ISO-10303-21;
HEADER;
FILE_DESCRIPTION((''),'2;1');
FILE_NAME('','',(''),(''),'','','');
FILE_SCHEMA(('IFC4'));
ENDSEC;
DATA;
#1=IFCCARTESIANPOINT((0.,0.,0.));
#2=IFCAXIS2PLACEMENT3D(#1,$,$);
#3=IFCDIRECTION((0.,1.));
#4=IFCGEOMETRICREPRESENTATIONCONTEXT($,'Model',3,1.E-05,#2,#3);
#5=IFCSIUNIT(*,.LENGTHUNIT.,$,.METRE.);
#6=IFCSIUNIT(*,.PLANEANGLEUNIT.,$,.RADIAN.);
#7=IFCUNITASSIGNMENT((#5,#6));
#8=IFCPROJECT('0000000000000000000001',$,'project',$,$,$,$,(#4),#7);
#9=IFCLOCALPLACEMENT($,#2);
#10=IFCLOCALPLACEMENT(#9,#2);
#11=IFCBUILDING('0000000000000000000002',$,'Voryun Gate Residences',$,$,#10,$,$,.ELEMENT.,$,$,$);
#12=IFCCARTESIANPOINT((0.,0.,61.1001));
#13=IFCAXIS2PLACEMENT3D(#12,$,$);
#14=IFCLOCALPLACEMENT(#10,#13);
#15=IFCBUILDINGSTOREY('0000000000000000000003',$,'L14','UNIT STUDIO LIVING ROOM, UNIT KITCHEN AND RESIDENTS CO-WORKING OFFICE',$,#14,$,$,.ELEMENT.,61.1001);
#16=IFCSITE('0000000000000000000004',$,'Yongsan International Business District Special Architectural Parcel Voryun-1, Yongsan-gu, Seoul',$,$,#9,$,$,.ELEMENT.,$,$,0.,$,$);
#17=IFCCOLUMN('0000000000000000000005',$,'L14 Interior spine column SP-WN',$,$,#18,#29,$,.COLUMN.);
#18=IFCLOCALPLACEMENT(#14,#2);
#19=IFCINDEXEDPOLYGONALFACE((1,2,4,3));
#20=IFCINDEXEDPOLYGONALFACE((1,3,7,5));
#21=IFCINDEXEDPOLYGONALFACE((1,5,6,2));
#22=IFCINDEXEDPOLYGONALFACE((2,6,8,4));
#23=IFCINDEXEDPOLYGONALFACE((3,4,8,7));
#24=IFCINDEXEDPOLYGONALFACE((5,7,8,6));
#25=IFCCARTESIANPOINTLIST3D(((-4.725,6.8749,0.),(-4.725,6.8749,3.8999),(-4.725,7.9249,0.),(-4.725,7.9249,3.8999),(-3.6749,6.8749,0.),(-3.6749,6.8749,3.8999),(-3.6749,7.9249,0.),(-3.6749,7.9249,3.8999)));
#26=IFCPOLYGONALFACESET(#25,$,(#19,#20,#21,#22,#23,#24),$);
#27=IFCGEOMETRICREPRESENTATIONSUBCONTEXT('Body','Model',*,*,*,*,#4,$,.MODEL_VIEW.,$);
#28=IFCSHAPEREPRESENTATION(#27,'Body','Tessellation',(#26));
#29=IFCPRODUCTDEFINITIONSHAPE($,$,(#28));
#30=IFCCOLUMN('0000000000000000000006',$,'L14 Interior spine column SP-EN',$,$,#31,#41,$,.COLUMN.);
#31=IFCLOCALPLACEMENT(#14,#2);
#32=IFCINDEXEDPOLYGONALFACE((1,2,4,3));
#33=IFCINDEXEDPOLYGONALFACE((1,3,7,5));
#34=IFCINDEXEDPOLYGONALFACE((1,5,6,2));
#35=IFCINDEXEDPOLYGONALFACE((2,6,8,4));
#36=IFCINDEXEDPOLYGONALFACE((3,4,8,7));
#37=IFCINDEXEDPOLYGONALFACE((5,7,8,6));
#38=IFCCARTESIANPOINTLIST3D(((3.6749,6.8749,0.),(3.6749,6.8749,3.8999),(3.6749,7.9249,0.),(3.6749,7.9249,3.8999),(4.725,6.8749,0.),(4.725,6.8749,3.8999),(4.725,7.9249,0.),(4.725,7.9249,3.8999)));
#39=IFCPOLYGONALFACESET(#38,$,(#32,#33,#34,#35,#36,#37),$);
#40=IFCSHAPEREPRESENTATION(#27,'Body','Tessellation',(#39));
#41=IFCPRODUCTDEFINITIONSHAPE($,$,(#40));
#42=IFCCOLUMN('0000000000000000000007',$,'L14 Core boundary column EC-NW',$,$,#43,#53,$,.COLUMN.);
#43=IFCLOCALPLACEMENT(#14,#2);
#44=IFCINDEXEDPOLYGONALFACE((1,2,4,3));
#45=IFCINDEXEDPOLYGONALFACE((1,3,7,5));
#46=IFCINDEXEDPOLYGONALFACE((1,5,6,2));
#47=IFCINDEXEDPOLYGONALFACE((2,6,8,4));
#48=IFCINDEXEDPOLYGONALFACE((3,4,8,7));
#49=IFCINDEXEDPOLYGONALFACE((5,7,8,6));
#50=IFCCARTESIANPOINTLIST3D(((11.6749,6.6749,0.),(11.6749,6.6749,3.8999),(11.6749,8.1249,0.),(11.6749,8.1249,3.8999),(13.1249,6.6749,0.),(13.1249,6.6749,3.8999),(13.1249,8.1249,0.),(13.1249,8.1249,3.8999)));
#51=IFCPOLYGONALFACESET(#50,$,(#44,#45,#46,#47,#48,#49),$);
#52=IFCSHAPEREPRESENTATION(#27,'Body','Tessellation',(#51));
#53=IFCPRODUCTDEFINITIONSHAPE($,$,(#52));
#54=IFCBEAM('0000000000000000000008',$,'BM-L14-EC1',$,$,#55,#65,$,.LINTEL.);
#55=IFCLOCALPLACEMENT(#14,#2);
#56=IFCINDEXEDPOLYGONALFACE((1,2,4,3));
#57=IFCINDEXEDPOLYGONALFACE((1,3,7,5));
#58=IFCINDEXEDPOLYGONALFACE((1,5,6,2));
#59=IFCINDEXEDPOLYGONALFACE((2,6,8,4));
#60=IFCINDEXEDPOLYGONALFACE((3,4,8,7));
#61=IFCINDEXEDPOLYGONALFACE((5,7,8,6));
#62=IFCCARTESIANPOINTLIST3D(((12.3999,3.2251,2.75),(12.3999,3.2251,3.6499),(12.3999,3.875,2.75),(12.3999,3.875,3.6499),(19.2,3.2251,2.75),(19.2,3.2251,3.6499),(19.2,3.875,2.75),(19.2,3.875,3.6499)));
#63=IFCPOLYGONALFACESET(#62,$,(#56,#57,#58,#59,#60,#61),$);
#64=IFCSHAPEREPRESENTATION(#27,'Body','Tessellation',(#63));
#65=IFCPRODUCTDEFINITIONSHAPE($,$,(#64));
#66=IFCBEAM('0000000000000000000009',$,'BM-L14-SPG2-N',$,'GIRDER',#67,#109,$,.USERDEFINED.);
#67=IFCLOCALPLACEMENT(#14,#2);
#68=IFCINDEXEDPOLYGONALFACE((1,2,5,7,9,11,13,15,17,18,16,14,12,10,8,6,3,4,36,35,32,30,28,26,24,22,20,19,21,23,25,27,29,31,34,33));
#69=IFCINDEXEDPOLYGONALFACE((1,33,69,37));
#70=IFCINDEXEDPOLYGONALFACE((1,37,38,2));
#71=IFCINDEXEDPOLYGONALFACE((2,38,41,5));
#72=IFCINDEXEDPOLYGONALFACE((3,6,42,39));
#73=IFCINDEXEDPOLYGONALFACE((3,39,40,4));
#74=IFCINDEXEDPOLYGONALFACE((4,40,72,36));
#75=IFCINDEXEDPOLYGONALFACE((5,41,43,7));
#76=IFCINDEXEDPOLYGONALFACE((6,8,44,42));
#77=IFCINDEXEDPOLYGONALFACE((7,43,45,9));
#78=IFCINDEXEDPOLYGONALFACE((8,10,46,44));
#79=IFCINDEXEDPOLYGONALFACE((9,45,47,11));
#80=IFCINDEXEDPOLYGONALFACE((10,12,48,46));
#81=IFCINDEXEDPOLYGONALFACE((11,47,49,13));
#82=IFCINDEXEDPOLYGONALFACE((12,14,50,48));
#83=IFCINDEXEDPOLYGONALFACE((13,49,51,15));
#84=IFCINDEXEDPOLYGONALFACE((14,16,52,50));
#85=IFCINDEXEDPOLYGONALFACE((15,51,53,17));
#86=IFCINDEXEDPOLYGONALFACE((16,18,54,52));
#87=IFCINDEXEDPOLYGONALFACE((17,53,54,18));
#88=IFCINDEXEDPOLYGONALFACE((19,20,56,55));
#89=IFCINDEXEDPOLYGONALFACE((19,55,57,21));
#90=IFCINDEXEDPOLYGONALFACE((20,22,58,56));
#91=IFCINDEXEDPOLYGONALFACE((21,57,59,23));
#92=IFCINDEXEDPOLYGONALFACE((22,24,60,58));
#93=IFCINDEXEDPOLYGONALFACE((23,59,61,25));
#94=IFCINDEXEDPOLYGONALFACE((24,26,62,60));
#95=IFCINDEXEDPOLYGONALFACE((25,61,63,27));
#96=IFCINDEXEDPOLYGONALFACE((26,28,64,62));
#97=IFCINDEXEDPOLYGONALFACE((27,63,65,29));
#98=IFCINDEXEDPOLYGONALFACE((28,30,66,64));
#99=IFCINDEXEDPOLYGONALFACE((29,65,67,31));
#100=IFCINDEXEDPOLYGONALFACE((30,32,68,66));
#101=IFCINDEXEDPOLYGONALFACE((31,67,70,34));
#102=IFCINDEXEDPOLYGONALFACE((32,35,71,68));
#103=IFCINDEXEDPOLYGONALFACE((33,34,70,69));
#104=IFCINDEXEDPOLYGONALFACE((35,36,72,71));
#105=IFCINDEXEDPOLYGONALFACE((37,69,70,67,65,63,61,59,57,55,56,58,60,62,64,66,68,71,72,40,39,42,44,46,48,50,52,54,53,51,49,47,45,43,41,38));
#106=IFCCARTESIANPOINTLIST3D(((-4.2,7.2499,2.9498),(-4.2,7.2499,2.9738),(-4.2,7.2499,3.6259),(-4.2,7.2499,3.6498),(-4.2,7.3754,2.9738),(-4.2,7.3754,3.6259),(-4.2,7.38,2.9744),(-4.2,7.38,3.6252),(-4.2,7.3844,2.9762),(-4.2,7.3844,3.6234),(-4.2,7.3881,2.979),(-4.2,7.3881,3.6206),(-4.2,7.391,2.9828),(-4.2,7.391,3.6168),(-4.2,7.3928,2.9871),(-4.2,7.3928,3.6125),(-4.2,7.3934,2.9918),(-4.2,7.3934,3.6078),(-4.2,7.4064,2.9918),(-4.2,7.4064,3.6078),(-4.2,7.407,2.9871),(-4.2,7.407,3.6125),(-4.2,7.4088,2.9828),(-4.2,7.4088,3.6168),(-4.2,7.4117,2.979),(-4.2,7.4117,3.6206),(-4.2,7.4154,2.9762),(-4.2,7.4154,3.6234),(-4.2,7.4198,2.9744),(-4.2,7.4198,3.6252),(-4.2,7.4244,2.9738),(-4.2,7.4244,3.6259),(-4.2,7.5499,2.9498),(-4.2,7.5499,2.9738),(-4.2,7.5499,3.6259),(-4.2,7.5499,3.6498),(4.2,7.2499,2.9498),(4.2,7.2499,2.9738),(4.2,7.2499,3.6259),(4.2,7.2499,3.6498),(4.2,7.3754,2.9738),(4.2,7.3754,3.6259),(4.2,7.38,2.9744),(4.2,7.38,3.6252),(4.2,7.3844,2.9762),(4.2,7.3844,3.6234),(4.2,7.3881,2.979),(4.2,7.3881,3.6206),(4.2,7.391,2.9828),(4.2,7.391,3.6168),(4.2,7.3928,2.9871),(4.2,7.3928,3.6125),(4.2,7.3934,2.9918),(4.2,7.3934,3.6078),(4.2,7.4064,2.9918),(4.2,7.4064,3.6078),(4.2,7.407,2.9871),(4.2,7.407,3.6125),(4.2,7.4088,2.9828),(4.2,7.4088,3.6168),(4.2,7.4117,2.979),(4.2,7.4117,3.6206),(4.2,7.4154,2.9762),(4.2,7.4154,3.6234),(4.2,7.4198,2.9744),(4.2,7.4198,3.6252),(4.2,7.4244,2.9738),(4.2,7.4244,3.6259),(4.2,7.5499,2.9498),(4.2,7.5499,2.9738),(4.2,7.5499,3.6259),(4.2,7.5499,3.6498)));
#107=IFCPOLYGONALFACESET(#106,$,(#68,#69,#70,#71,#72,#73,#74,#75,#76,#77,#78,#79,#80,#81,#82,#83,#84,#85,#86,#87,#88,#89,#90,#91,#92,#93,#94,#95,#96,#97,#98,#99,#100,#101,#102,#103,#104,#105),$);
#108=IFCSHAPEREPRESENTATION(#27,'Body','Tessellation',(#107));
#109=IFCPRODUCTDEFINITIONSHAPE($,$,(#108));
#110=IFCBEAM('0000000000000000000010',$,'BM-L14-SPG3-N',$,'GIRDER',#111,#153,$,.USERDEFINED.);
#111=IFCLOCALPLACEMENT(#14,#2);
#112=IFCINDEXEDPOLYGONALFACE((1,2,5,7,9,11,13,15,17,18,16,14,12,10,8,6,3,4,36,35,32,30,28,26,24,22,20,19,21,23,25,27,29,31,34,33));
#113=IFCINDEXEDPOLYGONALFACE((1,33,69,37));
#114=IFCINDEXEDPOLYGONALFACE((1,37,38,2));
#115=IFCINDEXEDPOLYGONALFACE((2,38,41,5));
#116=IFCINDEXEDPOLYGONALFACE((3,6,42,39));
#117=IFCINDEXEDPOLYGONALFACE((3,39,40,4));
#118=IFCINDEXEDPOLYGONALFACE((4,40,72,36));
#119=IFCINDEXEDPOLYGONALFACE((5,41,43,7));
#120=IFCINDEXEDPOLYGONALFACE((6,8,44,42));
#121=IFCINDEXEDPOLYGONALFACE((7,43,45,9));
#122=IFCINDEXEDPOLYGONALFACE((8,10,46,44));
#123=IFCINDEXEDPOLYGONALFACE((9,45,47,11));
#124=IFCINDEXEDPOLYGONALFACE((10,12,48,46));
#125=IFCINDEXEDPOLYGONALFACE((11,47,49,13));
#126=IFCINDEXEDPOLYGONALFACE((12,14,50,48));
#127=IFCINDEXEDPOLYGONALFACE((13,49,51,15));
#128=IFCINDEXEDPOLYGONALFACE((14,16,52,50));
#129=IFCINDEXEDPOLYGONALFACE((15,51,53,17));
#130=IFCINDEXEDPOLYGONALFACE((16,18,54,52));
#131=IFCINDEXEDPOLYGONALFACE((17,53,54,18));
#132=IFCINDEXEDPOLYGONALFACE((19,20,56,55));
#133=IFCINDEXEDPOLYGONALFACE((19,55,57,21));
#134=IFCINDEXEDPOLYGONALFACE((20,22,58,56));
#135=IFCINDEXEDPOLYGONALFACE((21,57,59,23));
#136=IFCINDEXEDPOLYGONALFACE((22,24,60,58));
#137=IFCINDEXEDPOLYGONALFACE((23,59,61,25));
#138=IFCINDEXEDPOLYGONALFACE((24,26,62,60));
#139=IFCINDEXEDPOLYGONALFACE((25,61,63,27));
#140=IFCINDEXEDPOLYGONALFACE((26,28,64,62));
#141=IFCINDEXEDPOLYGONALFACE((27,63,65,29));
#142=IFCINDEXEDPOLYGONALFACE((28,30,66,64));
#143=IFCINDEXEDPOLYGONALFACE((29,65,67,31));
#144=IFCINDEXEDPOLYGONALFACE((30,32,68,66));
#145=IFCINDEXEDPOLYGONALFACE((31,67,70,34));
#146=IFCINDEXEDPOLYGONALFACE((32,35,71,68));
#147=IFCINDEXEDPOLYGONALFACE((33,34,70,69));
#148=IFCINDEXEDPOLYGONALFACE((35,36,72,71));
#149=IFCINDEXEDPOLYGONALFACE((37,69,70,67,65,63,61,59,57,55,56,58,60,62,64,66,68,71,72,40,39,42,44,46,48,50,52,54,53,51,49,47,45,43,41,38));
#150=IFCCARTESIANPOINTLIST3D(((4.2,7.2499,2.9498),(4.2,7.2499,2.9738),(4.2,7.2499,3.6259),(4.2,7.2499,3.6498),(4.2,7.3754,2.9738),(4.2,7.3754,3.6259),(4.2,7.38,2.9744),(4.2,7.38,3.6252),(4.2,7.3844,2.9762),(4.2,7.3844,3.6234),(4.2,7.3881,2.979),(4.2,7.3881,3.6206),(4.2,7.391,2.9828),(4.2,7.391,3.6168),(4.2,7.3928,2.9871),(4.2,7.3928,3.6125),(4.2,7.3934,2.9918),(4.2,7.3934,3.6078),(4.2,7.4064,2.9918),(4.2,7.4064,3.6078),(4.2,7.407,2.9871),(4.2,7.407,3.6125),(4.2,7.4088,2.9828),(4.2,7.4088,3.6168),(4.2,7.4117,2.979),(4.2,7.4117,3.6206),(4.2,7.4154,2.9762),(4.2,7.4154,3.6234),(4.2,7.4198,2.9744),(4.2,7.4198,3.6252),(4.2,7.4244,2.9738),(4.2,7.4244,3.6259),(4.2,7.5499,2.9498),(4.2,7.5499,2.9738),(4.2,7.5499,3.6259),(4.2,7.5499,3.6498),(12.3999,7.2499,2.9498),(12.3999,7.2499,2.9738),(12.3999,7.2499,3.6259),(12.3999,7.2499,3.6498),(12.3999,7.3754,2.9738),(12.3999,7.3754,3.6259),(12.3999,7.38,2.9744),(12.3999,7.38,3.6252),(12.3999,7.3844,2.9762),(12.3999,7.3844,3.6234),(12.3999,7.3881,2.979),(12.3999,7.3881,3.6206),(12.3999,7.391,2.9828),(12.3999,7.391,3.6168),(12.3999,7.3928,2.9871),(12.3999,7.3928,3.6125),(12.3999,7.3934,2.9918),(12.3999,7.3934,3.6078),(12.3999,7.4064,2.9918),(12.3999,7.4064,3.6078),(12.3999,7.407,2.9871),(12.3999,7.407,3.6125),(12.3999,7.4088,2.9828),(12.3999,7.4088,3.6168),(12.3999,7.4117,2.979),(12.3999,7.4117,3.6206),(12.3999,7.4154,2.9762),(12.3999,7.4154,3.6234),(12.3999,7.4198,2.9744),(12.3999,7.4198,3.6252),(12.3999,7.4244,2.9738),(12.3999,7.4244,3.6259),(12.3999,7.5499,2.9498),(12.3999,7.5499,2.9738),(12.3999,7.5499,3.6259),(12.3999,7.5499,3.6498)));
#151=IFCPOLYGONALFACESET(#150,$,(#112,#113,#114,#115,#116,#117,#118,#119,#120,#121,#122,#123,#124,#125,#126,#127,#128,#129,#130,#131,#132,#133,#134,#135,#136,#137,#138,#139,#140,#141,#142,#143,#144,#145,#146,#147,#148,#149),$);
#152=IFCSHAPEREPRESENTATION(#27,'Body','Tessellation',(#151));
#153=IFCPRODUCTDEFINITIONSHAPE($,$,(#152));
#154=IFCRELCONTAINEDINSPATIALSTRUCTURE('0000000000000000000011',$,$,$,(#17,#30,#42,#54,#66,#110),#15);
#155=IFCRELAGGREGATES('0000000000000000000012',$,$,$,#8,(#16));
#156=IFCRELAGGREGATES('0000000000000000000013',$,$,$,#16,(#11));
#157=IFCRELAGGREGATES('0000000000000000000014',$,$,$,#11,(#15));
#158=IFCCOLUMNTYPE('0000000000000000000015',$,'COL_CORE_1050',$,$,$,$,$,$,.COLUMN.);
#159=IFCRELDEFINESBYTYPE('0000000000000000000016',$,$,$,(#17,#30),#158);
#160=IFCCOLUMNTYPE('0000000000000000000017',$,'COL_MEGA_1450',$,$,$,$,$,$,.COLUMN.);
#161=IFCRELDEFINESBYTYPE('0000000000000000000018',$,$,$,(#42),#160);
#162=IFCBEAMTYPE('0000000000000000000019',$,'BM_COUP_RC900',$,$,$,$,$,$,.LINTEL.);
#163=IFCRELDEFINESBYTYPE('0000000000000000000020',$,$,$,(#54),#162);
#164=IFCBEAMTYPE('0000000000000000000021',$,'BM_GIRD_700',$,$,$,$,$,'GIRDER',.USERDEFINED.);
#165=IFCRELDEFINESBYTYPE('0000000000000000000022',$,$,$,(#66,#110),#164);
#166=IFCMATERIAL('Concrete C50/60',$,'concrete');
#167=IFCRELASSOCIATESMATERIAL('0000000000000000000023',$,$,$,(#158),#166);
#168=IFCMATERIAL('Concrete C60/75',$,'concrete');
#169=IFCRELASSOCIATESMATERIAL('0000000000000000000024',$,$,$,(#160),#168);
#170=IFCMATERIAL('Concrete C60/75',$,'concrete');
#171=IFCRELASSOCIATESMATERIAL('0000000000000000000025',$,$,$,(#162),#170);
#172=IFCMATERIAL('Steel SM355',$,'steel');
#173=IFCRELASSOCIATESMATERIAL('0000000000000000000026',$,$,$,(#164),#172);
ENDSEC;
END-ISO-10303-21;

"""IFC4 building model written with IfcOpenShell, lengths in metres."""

from ifc_helpers import new_model, si_unit, direction, frame, origin, origin_2d, place, context, subcontext, project, spatial, rectangle, i_section, extrude, material, material_profile, profile_set, type_object, element, save


model = new_model("IFC4")

# Units and contexts
model_context = context("Model", 3, precision=1e-05, world=origin(), true_north=direction((0.0, 1.0)))
body_context = subcontext(model_context, "Body", "Model", "MODEL_VIEW")
ifc_project = project(units=[si_unit("LENGTHUNIT", "METRE"), si_unit("PLANEANGLEUNIT", "RADIAN")], contexts=[model_context])

# Site, building, storey
site_placement = place(None, origin())
site = spatial("IfcSite", under=ifc_project, at=site_placement, Name="Yongsan International Business District Special Architectural Parcel Voryun-1, Yongsan-gu, Seoul", CompositionType="ELEMENT", RefElevation=0.0)
building_placement = place(site_placement, origin())
building = spatial("IfcBuilding", under=site, at=building_placement, Name="Voryun Gate Residences", CompositionType="ELEMENT")
storey_placement = place(building_placement, frame((0.0, 0.0, 61.1001)))
storey = spatial("IfcBuildingStorey", under=building, at=storey_placement, Name="L14", Description="UNIT STUDIO LIVING ROOM, UNIT KITCHEN AND RESIDENTS CO-WORKING OFFICE", CompositionType="ELEMENT", Elevation=61.1001)

# Columns
ifc_material_1 = material(Name="Concrete C50/60", Category="concrete")
ifc_material_profile_1 = material_profile(ifc_material_1, rectangle(XDim=1.05, YDim=1.05, at=origin_2d()), Name="RC-1050x1050")
ifc_profile_set_1 = profile_set([ifc_material_profile_1], Name="Concrete C50/60")
column_type_1 = type_object("IfcColumnType", Name="COL_CORE_1050", PredefinedType="COLUMN", material=ifc_profile_set_1)
for number, where, z_axis, x_axis, name in (
    (1, (-4.2, 7.3999, 0.0), (0.0, 0.0, 1.0), (1.0, 0.0, 0.0), "L14 Interior spine column SP-WN"),
    (2, (4.2, 7.3999, 0.0), (0.0, 0.0, 1.0), (1.0, 0.0, 0.0), "L14 Interior spine column SP-EN"),
):
    element("IfcColumn", number, at=place(storey_placement, frame(where, z_axis=z_axis, x_axis=x_axis)), inside=storey, type_object=column_type_1, Name=name, PredefinedType="COLUMN", context=body_context, shape_type="SweptSolid", body=[
        extrude(rectangle(XDim=1.05, YDim=1.05, at=origin_2d()), origin(), (0.0, 0.0, 1.0), 3.8999),
    ])
ifc_material_2 = material(Name="Concrete C60/75", Category="concrete")
ifc_material_profile_2 = material_profile(ifc_material_2, rectangle(XDim=1.45, YDim=1.45, at=origin_2d()), Name="RC-1450x1450")
ifc_profile_set_2 = profile_set([ifc_material_profile_2], Name="Concrete C60/75")
column_type_2 = type_object("IfcColumnType", Name="COL_MEGA_1450", PredefinedType="COLUMN", material=ifc_profile_set_2)
column_placement = place(storey_placement, frame((12.3999, 7.3999, 0.0), z_axis=(0.0, 0.0, 1.0), x_axis=(1.0, 0.0, 0.0)))
element("IfcColumn", 3, at=column_placement, inside=storey, type_object=column_type_2, Name="L14 Core boundary column EC-NW", PredefinedType="COLUMN", context=body_context, shape_type="SweptSolid", body=[
    extrude(rectangle(XDim=1.45, YDim=1.45, at=origin_2d()), origin(), (0.0, 0.0, 1.0), 3.8999),
])

# Beams
ifc_material_3 = material(Name="Concrete C60/75", Category="concrete")
ifc_material_profile_3 = material_profile(ifc_material_3, rectangle(XDim=0.6499, YDim=0.8999, at=origin_2d()), Name="RC-650x900")
ifc_profile_set_3 = profile_set([ifc_material_profile_3], Name="Concrete C60/75")
beam_type_1 = type_object("IfcBeamType", Name="BM_COUP_RC900", PredefinedType="LINTEL", material=ifc_profile_set_3)
beam_1_placement = place(storey_placement, frame((12.3999, 3.55, 3.2), z_axis=(1.0, 0.0, 0.0), x_axis=(0.0, 1.0, 0.0)))
element("IfcBeam", 4, at=beam_1_placement, inside=storey, type_object=beam_type_1, Name="BM-L14-EC1", PredefinedType="LINTEL", context=body_context, shape_type="SweptSolid", body=[
    extrude(rectangle(XDim=0.6499, YDim=0.8999, at=origin_2d()), origin(), (0.0, 0.0, 1.0), 6.8),
])
ifc_material_4 = material(Name="Steel SM355", Category="steel")
ifc_material_profile_4 = material_profile(ifc_material_4, i_section(OverallWidth=0.3, OverallDepth=0.7, WebThickness=0.0129, FlangeThickness=0.0239, FilletRadius=0.0181, at=origin_2d()), Name="H-700x300x13x24")
ifc_profile_set_4 = profile_set([ifc_material_profile_4], Name="Steel SM355")
beam_type_2 = type_object("IfcBeamType", Name="BM_GIRD_700", ElementType="GIRDER", PredefinedType="USERDEFINED", material=ifc_profile_set_4)
beam_2_placement = place(storey_placement, frame((-4.2, 7.3999, 3.2998), z_axis=(1.0, 0.0, 0.0), x_axis=(0.0, 1.0, 0.0)))
element("IfcBeam", 5, at=beam_2_placement, inside=storey, type_object=beam_type_2, Name="BM-L14-SPG2-N", ObjectType="GIRDER", PredefinedType="USERDEFINED", context=body_context, shape_type="SweptSolid", body=[
    extrude(i_section(OverallWidth=0.3, OverallDepth=0.7, WebThickness=0.0129, FlangeThickness=0.0239, FilletRadius=0.0181, at=origin_2d()), origin(), (0.0, 0.0, 1.0), 8.3999),
])
beam_3_placement = place(storey_placement, frame((4.2, 7.3999, 3.2998), z_axis=(1.0, 0.0, 0.0), x_axis=(0.0, 1.0, 0.0)))
element("IfcBeam", 6, at=beam_3_placement, inside=storey, type_object=beam_type_2, Name="BM-L14-SPG3-N", ObjectType="GIRDER", PredefinedType="USERDEFINED", context=body_context, shape_type="SweptSolid", body=[
    extrude(i_section(OverallWidth=0.3, OverallDepth=0.7, WebThickness=0.0129, FlangeThickness=0.0239, FilletRadius=0.0181, at=origin_2d()), origin(), (0.0, 0.0, 1.0), 8.2),
])

save(model, "model.ifc")
